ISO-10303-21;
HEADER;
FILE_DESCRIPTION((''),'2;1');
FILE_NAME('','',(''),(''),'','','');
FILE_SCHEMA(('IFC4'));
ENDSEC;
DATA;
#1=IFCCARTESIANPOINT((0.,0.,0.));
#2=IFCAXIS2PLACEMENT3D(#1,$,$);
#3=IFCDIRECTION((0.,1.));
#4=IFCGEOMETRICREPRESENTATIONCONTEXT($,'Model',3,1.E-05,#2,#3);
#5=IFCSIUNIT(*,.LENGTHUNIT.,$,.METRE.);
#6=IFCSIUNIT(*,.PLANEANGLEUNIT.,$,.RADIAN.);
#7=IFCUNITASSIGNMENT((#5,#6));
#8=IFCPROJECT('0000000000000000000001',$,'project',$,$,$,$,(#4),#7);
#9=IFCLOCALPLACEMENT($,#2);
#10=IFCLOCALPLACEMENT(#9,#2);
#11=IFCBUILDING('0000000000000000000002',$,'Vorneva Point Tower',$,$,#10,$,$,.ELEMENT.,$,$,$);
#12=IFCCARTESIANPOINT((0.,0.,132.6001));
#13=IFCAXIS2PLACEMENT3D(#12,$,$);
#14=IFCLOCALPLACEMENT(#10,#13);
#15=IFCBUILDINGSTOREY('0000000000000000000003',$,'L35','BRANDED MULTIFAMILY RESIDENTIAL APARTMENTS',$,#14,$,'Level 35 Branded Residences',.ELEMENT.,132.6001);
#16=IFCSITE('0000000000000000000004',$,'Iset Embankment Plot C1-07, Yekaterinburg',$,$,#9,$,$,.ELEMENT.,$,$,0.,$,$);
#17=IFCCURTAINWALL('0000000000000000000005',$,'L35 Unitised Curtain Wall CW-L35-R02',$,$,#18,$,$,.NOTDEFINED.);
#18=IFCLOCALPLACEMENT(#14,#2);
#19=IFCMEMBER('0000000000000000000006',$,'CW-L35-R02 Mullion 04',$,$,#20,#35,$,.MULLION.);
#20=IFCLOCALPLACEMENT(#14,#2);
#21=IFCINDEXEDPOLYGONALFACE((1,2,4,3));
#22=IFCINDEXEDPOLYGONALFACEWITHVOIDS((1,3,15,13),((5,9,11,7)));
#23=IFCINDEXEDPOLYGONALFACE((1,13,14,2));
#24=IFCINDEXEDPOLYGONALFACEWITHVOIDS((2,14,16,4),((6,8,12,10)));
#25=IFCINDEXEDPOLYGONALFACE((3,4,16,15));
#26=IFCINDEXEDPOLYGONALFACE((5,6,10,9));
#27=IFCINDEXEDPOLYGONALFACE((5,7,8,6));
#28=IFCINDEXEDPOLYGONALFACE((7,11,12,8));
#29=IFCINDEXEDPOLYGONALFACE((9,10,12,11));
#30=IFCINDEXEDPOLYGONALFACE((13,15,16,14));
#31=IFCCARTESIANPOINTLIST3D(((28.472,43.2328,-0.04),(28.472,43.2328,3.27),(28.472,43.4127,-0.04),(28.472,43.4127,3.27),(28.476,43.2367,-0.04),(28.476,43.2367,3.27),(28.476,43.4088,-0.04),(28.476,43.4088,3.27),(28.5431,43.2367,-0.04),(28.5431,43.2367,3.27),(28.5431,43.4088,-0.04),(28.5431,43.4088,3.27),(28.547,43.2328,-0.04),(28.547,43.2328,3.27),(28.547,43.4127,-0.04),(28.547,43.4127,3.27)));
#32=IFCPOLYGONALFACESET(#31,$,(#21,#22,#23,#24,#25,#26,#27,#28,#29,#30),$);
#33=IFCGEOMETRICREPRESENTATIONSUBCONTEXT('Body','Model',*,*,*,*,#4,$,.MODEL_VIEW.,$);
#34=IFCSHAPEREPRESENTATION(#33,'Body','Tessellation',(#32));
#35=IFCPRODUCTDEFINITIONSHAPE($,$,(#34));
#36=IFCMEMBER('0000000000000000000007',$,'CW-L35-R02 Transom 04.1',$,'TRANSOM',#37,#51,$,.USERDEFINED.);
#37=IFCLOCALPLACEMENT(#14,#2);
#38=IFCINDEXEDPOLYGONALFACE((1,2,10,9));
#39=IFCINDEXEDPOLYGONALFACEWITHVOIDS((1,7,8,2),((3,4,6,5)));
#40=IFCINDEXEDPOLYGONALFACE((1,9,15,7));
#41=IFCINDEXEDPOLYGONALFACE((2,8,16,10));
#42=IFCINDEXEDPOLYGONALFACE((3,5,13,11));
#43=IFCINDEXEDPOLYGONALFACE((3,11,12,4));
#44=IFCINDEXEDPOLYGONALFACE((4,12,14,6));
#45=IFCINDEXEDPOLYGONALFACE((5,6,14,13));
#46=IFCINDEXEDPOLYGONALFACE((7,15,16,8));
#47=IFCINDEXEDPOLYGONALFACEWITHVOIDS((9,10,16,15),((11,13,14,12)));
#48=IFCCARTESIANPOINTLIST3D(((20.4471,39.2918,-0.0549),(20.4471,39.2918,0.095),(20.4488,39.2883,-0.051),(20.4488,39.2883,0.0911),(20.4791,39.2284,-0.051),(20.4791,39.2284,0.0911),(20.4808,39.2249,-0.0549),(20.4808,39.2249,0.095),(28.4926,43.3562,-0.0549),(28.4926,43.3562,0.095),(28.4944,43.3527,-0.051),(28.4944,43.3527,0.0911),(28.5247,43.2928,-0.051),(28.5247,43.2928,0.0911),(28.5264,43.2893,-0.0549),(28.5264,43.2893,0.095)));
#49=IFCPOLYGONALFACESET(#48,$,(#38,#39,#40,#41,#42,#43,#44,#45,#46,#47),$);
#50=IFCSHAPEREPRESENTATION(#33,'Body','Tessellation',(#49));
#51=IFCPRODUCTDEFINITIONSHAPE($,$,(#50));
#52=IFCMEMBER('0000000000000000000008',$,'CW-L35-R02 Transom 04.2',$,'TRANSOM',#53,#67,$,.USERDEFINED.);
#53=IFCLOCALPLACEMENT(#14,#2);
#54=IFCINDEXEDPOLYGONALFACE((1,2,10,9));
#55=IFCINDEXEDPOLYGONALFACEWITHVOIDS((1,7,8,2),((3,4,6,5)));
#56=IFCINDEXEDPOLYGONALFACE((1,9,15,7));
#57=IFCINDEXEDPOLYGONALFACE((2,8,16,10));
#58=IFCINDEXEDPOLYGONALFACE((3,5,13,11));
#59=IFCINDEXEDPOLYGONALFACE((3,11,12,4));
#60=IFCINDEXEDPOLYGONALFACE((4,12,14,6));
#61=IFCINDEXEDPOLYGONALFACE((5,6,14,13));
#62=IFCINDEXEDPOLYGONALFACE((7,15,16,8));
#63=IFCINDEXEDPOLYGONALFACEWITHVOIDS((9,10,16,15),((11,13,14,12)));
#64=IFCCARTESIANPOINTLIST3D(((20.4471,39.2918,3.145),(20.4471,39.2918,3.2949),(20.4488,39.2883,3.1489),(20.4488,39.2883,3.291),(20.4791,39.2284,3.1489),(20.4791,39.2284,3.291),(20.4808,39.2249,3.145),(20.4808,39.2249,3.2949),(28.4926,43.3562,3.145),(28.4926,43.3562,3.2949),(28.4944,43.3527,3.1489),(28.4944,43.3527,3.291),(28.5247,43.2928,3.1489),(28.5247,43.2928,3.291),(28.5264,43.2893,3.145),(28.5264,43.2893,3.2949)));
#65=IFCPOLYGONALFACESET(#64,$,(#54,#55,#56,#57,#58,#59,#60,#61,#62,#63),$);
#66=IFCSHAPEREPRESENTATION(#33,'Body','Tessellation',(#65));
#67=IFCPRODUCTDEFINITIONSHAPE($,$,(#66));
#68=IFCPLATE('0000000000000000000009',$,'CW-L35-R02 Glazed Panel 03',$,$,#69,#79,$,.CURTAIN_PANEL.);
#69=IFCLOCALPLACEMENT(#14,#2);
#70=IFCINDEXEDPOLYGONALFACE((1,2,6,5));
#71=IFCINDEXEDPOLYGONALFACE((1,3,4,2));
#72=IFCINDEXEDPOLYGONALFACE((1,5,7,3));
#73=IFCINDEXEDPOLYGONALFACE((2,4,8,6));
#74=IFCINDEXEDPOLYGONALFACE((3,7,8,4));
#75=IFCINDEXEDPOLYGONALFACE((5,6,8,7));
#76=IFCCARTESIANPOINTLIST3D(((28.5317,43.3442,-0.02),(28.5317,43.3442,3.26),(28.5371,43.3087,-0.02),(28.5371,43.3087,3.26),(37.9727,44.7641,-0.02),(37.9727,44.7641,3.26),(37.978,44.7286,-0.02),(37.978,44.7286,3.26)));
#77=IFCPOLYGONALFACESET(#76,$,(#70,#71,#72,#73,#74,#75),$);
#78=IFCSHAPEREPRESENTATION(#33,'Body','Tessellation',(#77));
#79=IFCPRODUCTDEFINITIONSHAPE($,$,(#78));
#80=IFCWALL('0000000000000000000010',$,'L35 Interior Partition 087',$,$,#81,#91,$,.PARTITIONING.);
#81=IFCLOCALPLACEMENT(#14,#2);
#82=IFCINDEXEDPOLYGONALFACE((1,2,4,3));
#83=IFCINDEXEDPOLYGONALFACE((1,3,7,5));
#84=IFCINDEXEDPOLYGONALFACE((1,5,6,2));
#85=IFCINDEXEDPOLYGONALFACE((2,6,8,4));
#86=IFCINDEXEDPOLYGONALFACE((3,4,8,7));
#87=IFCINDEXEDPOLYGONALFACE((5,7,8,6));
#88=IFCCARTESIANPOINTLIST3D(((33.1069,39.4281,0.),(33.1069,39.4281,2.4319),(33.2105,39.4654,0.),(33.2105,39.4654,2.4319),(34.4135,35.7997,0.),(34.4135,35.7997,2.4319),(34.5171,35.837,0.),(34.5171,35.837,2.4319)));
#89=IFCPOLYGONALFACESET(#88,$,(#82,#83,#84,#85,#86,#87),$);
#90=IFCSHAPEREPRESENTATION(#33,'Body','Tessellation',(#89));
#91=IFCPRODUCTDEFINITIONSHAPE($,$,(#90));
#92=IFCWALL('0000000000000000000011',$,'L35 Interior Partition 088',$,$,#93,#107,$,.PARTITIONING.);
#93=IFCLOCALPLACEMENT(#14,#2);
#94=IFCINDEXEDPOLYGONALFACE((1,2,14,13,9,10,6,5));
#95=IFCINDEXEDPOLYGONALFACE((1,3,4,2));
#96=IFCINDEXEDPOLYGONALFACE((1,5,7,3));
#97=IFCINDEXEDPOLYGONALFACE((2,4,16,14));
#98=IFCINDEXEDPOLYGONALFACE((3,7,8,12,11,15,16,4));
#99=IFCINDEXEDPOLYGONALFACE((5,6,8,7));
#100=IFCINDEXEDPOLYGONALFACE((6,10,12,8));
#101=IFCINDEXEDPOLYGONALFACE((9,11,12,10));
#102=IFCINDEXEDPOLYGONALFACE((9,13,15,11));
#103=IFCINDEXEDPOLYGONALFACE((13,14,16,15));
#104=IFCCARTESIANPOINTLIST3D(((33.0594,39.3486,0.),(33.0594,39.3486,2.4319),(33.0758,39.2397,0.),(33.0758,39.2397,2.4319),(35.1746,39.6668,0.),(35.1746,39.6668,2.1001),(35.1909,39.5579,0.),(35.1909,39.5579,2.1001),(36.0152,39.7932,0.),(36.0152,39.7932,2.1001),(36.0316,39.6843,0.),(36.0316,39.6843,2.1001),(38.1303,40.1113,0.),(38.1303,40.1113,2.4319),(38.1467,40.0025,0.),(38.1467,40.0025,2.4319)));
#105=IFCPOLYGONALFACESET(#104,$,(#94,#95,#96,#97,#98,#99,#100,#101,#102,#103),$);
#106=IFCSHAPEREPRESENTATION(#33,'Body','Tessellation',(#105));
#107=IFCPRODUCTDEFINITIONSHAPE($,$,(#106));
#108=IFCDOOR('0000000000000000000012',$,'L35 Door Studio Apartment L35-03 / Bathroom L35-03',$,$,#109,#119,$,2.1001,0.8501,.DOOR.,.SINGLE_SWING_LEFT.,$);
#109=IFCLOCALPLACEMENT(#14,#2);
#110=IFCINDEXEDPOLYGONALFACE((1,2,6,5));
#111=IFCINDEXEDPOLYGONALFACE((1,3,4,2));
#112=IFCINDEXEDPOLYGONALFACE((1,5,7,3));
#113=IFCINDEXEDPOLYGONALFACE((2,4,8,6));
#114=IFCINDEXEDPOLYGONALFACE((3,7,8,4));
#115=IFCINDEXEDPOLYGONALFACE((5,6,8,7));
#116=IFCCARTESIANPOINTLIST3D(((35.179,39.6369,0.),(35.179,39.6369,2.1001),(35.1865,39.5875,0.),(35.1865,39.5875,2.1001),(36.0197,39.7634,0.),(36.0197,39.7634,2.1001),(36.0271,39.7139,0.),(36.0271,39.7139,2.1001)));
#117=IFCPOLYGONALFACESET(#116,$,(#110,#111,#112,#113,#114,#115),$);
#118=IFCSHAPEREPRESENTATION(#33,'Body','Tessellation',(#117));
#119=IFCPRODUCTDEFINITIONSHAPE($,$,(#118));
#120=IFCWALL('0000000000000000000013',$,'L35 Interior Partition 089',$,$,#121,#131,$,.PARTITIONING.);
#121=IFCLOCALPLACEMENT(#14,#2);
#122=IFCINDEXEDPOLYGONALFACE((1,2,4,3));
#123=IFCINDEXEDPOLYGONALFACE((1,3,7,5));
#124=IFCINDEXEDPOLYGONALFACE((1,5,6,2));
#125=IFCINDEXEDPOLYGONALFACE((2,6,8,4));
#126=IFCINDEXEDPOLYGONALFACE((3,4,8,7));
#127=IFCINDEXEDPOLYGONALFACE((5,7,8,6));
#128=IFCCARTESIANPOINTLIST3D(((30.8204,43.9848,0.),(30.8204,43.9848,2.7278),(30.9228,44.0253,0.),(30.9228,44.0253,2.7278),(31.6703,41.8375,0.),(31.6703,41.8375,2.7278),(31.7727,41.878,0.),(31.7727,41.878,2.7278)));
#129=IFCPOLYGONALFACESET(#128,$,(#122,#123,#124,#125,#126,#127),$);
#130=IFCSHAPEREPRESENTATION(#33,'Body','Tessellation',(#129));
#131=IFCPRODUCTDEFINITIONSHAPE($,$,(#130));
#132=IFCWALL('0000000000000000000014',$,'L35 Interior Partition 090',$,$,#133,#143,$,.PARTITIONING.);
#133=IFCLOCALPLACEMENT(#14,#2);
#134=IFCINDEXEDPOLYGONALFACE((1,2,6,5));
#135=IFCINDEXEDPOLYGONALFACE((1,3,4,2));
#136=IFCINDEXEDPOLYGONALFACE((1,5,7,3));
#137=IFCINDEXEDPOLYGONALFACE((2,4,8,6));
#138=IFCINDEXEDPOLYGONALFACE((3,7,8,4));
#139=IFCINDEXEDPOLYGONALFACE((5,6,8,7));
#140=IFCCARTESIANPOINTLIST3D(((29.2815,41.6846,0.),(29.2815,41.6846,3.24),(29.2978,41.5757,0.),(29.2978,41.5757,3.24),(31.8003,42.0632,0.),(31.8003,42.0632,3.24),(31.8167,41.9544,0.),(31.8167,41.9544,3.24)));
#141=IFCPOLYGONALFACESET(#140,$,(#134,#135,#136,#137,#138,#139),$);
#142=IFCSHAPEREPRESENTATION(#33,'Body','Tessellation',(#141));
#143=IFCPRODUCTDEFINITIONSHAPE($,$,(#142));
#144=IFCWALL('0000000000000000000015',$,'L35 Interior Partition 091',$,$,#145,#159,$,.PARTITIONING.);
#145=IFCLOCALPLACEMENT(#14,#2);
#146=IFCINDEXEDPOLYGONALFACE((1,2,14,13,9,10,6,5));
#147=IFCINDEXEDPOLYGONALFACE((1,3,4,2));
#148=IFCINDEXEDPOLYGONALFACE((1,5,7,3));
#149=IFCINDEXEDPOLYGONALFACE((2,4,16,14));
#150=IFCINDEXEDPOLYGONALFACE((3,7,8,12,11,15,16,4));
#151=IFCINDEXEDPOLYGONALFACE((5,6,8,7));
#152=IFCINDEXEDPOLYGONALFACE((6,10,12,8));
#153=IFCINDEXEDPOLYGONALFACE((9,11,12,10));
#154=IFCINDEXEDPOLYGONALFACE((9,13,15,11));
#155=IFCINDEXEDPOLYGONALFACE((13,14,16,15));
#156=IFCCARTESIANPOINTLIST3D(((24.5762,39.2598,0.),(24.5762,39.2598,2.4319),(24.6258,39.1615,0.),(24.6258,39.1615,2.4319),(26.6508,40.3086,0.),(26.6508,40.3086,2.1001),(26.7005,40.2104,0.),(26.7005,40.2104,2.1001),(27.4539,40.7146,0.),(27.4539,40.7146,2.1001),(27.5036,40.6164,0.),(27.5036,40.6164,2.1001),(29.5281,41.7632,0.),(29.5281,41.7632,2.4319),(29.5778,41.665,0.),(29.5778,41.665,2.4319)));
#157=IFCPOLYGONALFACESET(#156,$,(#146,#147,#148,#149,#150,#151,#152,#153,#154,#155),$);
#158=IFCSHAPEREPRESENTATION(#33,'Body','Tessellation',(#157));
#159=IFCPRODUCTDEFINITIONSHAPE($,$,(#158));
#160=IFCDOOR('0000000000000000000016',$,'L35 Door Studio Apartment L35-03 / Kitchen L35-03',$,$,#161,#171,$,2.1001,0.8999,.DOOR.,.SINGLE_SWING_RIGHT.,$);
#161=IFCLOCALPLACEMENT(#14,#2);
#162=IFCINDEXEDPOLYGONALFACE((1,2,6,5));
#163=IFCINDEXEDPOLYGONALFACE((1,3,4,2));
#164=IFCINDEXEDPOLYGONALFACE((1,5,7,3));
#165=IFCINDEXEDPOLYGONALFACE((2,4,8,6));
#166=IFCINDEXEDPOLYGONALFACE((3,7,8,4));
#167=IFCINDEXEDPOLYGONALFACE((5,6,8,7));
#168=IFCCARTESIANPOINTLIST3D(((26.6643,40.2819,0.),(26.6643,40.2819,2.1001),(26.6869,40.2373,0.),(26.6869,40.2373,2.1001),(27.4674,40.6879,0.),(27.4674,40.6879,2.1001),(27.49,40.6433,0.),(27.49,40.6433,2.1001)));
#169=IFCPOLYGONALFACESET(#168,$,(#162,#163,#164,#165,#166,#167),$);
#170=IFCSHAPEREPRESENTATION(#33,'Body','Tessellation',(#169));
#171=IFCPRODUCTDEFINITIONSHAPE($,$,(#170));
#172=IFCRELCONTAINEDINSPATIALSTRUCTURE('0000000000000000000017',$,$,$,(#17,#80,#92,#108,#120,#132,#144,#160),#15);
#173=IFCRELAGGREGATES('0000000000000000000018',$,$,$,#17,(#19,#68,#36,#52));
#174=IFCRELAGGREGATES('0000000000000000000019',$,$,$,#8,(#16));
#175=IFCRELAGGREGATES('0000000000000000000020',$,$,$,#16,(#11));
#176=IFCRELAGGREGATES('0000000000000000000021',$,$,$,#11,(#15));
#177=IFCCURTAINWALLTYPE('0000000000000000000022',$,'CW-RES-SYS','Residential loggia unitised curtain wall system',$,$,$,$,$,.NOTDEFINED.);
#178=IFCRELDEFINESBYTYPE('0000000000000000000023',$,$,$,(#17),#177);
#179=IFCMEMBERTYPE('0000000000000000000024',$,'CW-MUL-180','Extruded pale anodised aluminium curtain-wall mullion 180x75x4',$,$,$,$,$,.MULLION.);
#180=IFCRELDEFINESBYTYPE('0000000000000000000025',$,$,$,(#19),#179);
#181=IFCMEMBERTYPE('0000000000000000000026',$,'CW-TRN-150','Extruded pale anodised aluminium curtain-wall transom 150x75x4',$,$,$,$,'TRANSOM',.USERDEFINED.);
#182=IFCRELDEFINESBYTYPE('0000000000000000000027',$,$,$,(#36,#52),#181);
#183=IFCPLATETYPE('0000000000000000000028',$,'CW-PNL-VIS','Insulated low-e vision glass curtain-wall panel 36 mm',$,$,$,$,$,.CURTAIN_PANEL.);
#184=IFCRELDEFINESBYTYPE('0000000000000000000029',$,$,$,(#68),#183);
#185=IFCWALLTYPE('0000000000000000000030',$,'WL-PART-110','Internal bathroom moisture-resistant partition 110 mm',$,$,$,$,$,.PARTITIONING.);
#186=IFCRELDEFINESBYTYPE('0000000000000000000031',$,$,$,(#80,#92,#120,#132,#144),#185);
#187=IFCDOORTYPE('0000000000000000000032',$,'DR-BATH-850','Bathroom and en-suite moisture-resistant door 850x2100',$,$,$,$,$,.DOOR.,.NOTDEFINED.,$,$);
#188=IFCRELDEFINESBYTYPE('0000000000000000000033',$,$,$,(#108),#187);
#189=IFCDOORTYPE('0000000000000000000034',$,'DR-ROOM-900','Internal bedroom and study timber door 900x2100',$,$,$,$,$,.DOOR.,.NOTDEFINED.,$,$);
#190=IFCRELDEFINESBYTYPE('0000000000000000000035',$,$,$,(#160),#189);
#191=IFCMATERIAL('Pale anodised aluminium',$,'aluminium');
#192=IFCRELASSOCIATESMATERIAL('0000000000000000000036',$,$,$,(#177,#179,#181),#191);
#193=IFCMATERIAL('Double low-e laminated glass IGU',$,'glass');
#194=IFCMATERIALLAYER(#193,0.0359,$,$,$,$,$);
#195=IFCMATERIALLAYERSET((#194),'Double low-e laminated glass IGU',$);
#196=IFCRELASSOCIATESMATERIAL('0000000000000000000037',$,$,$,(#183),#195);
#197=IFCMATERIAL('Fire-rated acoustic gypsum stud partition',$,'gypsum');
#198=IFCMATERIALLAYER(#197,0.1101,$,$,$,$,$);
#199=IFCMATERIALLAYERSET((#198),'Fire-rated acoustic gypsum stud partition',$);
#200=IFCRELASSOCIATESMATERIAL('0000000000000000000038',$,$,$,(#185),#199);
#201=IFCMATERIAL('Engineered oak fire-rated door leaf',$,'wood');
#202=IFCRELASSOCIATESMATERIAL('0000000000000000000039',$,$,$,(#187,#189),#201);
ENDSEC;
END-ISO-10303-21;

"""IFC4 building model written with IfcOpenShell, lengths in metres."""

from ifc_helpers import new_model, si_unit, direction, frame, frame_2d, origin, origin_2d, place, context, subcontext, project, spatial, rectangle, hollow_rectangle, extrude, material, layer, layer_set, material_profile, profile_set, type_object, element, fill, aggregate, save


model = new_model("IFC4")

# Units and contexts
model_context = context("Model", 3, precision=1e-05, world=origin(), true_north=direction((0.0, 1.0)))
body_context = subcontext(model_context, "Body", "Model", "MODEL_VIEW")
ifc_project = project(units=[si_unit("LENGTHUNIT", "METRE"), si_unit("PLANEANGLEUNIT", "RADIAN")], contexts=[model_context])

# Site, building, storey
site_placement = place(None, origin())
site = spatial("IfcSite", under=ifc_project, at=site_placement, Name="Iset Embankment Plot C1-07, Yekaterinburg", CompositionType="ELEMENT", RefElevation=0.0)
building_placement = place(site_placement, origin())
building = spatial("IfcBuilding", under=site, at=building_placement, Name="Vorneva Point Tower", CompositionType="ELEMENT")
storey_placement = place(building_placement, frame((0.0, 0.0, 132.6001)))
storey = spatial("IfcBuildingStorey", under=building, at=storey_placement, Name="L35", Description="BRANDED MULTIFAMILY RESIDENTIAL APARTMENTS", LongName="Level 35 Branded Residences", CompositionType="ELEMENT", Elevation=132.6001)

# Curtain wall, members, plate
ifc_material_1 = material(Name="Pale anodised aluminium", Category="aluminium")
curtain_wall_type = type_object("IfcCurtainWallType", Name="CW-RES-SYS", Description="Residential loggia unitised curtain wall system", PredefinedType="NOTDEFINED", material=ifc_material_1)
curtain_wall_placement = place(storey_placement, origin())
curtain_wall = element("IfcCurtainWall", 1, at=curtain_wall_placement, inside=storey, type_object=curtain_wall_type, Name="L35 Unitised Curtain Wall CW-L35-R02", PredefinedType="NOTDEFINED")
ifc_material_profile_1 = material_profile(ifc_material_1, hollow_rectangle(XDim=0.075, YDim=0.1799, WallThickness=0.0039, at=origin_2d()), Name="AL-MUL 180x75x4")
ifc_profile_set_1 = profile_set([ifc_material_profile_1], Name="Pale anodised aluminium")
member_type_1 = type_object("IfcMemberType", Name="CW-MUL-180", Description="Extruded pale anodised aluminium curtain-wall mullion 180x75x4", PredefinedType="MULLION", material=ifc_profile_set_1)
member_1_placement = place(storey_placement, frame((28.5095, 43.3228, -0.04), z_axis=(0.0, 0.0, 1.0), x_axis=(1.0, 0.0, 0.0)))
member_1 = element("IfcMember", 2, at=member_1_placement, type_object=member_type_1, Name="CW-L35-R02 Mullion 04", PredefinedType="MULLION", context=body_context, shape_type="SweptSolid", body=[
    extrude(hollow_rectangle(XDim=0.075, YDim=0.1799, WallThickness=0.0039, at=origin_2d()), origin(), (0.0, 0.0, 1.0), 3.3101),
])
ifc_material_profile_2 = material_profile(ifc_material_1, hollow_rectangle(XDim=0.075, YDim=0.1499, WallThickness=0.0039, at=origin_2d()), Name="AL-TRN 150x75x4")
ifc_profile_set_2 = profile_set([ifc_material_profile_2], Name="Pale anodised aluminium")
member_type_2 = type_object("IfcMemberType", Name="CW-TRN-150", Description="Extruded pale anodised aluminium curtain-wall transom 150x75x4", ElementType="TRANSOM", PredefinedType="USERDEFINED", material=ifc_profile_set_2)
member_2_placement = place(storey_placement, frame((28.5095, 43.3228, 0.02), z_axis=(-0.892572, -0.450904, 0.0), x_axis=(0.450904, -0.892572, 0.0)))
member_2 = element("IfcMember", 3, at=member_2_placement, type_object=member_type_2, Name="CW-L35-R02 Transom 04.1", ObjectType="TRANSOM", PredefinedType="USERDEFINED", context=body_context, shape_type="SweptSolid", body=[
    extrude(hollow_rectangle(XDim=0.075, YDim=0.1499, WallThickness=0.0039, at=origin_2d()), origin(), (0.0, 0.0, 1.0), 9.0139),
])
member_3_placement = place(storey_placement, frame((28.5095, 43.3228, 3.22), z_axis=(-0.892572, -0.450904, 0.0), x_axis=(0.450904, -0.892572, 0.0)))
member_3 = element("IfcMember", 4, at=member_3_placement, type_object=member_type_2, Name="CW-L35-R02 Transom 04.2", ObjectType="TRANSOM", PredefinedType="USERDEFINED", context=body_context, shape_type="SweptSolid", body=[
    extrude(hollow_rectangle(XDim=0.075, YDim=0.1499, WallThickness=0.0039, at=origin_2d()), origin(), (0.0, 0.0, 1.0), 9.0139),
])
ifc_material_2 = material(Name="Double low-e laminated glass IGU", Category="glass")
ifc_layer_1 = layer(ifc_material_2, 0.0359)
ifc_layer_set_1 = layer_set([ifc_layer_1], Name="Double low-e laminated glass IGU")
plate_type = type_object("IfcPlateType", Name="CW-PNL-VIS", Description="Insulated low-e vision glass curtain-wall panel 36 mm", PredefinedType="CURTAIN_PANEL", material=ifc_layer_set_1)
plate_placement = place(storey_placement, frame((33.2549, 44.0364, -0.02), z_axis=(0.0, 0.0, 1.0), x_axis=(-0.988879, -0.148724, 0.0)))
plate = element("IfcPlate", 5, at=plate_placement, type_object=plate_type, Name="CW-L35-R02 Glazed Panel 03", PredefinedType="CURTAIN_PANEL", context=body_context, shape_type="SweptSolid", body=[
    extrude(rectangle(XDim=9.5471, YDim=0.0359, at=origin_2d()), origin(), (0.0, 0.0, 1.0), 3.28),
])
aggregate(curtain_wall, [member_1, plate, member_2, member_3])

# Wall
ifc_material_3 = material(Name="Fire-rated acoustic gypsum stud partition", Category="gypsum")
ifc_layer_2 = layer(ifc_material_3, 0.1101)
ifc_layer_set_2 = layer_set([ifc_layer_2], Name="Fire-rated acoustic gypsum stud partition")
wall_type_1 = type_object("IfcWallType", Name="WL-PART-110", Description="Internal bathroom moisture-resistant partition 110 mm", PredefinedType="PARTITIONING", material=ifc_layer_set_2)
wall_1_placement = place(storey_placement, frame((34.4653, 35.8184, 0.0), z_axis=(0.0, 0.0, 1.0), x_axis=(-0.338814, 0.940854, 0.0)))
element("IfcWall", 6, at=wall_1_placement, inside=storey, type_object=wall_type_1, Name="L35 Interior Partition 087", PredefinedType="PARTITIONING", context=body_context, shape_type="SweptSolid", body=[
    extrude(rectangle(XDim=3.8564, YDim=0.1101, at=frame_2d((1.9282, 0.0))), origin(), (0.0, 0.0, 1.0), 2.4319),
])

# Wall, opening, door
wall_2_placement = place(storey_placement, frame((33.0676, 39.2942, 0.0), z_axis=(0.0, 0.0, 1.0), x_axis=(0.988877, 0.148736, 0.0)))
wall_2 = element("IfcWall", 7, at=wall_2_placement, inside=storey, type_object=wall_type_1, Name="L35 Interior Partition 088", PredefinedType="PARTITIONING", context=body_context, shape_type="SweptSolid", body=[
    extrude(rectangle(XDim=5.1279, YDim=0.1101, at=frame_2d((2.564, 0.0))), origin(), (0.0, 0.0, 1.0), 2.4319),
])
opening_1_placement = place(wall_2_placement, frame((2.1389, 0.0, 0.0)))
opening_1 = element("IfcOpeningElement", 8, at=opening_1_placement, cuts=wall_2, PredefinedType="OPENING", context=body_context, shape_type="SweptSolid", body=[
    extrude(rectangle(XDim=0.8501, YDim=2.1001, at=frame_2d((0.425, 1.05))), frame((0.0, 0.0698, 0.0), z_axis=(0.0, -1.0, 0.0), x_axis=(1.0, 0.0, 0.0)), (0.0, 0.0, 1.0), 0.1399),
])
ifc_material_4 = material(Name="Engineered oak fire-rated door leaf", Category="wood")
door_type_1 = type_object("IfcDoorType", Name="DR-BATH-850", Description="Bathroom and en-suite moisture-resistant door 850x2100", OperationType="NOTDEFINED", PredefinedType="DOOR", material=ifc_material_4)
door_1_placement = place(opening_1_placement, origin())
door_1 = element("IfcDoor", 9, at=door_1_placement, inside=storey, type_object=door_type_1, Name="L35 Door Studio Apartment L35-03 / Bathroom L35-03", OperationType="SINGLE_SWING_LEFT", OverallHeight=2.1001, OverallWidth=0.8501, PredefinedType="DOOR", context=body_context, shape_type="SweptSolid", body=[
    extrude(rectangle(XDim=0.8501, YDim=2.1001, at=frame_2d((0.425, 1.05))), frame((0.0, 0.0249, 0.0), z_axis=(0.0, -1.0, 0.0), x_axis=(1.0, 0.0, 0.0)), (0.0, 0.0, 1.0), 0.05),
])
fill(opening_1, door_1)

# Walls
wall_3_placement = place(storey_placement, frame((30.8716, 44.0051, 0.0), z_axis=(0.0, 0.0, 1.0), x_axis=(0.368016, -0.929819, 0.0)))
element("IfcWall", 10, at=wall_3_placement, inside=storey, type_object=wall_type_1, Name="L35 Interior Partition 089", PredefinedType="PARTITIONING", context=body_context, shape_type="SweptSolid", body=[
    extrude(rectangle(XDim=2.3093, YDim=0.1101, at=frame_2d((1.1548, 0.0))), origin(), (0.0, 0.0, 1.0), 2.7278),
])
wall_4_placement = place(storey_placement, frame((31.8083, 42.0088, 0.0), z_axis=(0.0, 0.0, 1.0), x_axis=(-0.988888, -0.148664, 0.0)))
element("IfcWall", 11, at=wall_4_placement, inside=storey, type_object=wall_type_1, Name="L35 Interior Partition 090", PredefinedType="PARTITIONING", context=body_context, shape_type="SweptSolid", body=[
    extrude(rectangle(XDim=2.5471, YDim=0.1101, at=frame_2d((1.2734, 0.0))), origin(), (0.0, 0.0, 1.0), 3.24),
])

# Wall, opening, door
wall_5_placement = place(storey_placement, frame((29.553, 41.7141, 0.0), z_axis=(0.0, 0.0, 1.0), x_axis=(-0.892438, -0.451169, 0.0)))
wall_5 = element("IfcWall", 12, at=wall_5_placement, inside=storey, type_object=wall_type_1, Name="L35 Interior Partition 091", PredefinedType="PARTITIONING", context=body_context, shape_type="SweptSolid", body=[
    extrude(rectangle(XDim=5.5488, YDim=0.1101, at=frame_2d((2.7744, 0.0))), origin(), (0.0, 0.0, 1.0), 2.4319),
])
opening_2_placement = place(wall_5_placement, frame((2.3242, 0.0, 0.0)))
opening_2 = element("IfcOpeningElement", 13, at=opening_2_placement, cuts=wall_5, PredefinedType="OPENING", context=body_context, shape_type="SweptSolid", body=[
    extrude(rectangle(XDim=0.8999, YDim=2.1001, at=frame_2d((0.45, 1.05))), frame((0.0, 0.0698, 0.0), z_axis=(0.0, -1.0, 0.0), x_axis=(1.0, 0.0, 0.0)), (0.0, 0.0, 1.0), 0.1399),
])
door_type_2 = type_object("IfcDoorType", Name="DR-ROOM-900", Description="Internal bedroom and study timber door 900x2100", OperationType="NOTDEFINED", PredefinedType="DOOR", material=ifc_material_4)
door_2_placement = place(opening_2_placement, origin())
door_2 = element("IfcDoor", 14, at=door_2_placement, inside=storey, type_object=door_type_2, Name="L35 Door Studio Apartment L35-03 / Kitchen L35-03", OperationType="SINGLE_SWING_RIGHT", OverallHeight=2.1001, OverallWidth=0.8999, PredefinedType="DOOR", context=body_context, shape_type="SweptSolid", body=[
    extrude(rectangle(XDim=0.8999, YDim=2.1001, at=frame_2d((0.45, 1.05))), frame((0.0, 0.0249, 0.0), z_axis=(0.0, -1.0, 0.0), x_axis=(1.0, 0.0, 0.0)), (0.0, 0.0, 1.0), 0.05),
])
fill(opening_2, door_2)

save(model, "model.ifc")
